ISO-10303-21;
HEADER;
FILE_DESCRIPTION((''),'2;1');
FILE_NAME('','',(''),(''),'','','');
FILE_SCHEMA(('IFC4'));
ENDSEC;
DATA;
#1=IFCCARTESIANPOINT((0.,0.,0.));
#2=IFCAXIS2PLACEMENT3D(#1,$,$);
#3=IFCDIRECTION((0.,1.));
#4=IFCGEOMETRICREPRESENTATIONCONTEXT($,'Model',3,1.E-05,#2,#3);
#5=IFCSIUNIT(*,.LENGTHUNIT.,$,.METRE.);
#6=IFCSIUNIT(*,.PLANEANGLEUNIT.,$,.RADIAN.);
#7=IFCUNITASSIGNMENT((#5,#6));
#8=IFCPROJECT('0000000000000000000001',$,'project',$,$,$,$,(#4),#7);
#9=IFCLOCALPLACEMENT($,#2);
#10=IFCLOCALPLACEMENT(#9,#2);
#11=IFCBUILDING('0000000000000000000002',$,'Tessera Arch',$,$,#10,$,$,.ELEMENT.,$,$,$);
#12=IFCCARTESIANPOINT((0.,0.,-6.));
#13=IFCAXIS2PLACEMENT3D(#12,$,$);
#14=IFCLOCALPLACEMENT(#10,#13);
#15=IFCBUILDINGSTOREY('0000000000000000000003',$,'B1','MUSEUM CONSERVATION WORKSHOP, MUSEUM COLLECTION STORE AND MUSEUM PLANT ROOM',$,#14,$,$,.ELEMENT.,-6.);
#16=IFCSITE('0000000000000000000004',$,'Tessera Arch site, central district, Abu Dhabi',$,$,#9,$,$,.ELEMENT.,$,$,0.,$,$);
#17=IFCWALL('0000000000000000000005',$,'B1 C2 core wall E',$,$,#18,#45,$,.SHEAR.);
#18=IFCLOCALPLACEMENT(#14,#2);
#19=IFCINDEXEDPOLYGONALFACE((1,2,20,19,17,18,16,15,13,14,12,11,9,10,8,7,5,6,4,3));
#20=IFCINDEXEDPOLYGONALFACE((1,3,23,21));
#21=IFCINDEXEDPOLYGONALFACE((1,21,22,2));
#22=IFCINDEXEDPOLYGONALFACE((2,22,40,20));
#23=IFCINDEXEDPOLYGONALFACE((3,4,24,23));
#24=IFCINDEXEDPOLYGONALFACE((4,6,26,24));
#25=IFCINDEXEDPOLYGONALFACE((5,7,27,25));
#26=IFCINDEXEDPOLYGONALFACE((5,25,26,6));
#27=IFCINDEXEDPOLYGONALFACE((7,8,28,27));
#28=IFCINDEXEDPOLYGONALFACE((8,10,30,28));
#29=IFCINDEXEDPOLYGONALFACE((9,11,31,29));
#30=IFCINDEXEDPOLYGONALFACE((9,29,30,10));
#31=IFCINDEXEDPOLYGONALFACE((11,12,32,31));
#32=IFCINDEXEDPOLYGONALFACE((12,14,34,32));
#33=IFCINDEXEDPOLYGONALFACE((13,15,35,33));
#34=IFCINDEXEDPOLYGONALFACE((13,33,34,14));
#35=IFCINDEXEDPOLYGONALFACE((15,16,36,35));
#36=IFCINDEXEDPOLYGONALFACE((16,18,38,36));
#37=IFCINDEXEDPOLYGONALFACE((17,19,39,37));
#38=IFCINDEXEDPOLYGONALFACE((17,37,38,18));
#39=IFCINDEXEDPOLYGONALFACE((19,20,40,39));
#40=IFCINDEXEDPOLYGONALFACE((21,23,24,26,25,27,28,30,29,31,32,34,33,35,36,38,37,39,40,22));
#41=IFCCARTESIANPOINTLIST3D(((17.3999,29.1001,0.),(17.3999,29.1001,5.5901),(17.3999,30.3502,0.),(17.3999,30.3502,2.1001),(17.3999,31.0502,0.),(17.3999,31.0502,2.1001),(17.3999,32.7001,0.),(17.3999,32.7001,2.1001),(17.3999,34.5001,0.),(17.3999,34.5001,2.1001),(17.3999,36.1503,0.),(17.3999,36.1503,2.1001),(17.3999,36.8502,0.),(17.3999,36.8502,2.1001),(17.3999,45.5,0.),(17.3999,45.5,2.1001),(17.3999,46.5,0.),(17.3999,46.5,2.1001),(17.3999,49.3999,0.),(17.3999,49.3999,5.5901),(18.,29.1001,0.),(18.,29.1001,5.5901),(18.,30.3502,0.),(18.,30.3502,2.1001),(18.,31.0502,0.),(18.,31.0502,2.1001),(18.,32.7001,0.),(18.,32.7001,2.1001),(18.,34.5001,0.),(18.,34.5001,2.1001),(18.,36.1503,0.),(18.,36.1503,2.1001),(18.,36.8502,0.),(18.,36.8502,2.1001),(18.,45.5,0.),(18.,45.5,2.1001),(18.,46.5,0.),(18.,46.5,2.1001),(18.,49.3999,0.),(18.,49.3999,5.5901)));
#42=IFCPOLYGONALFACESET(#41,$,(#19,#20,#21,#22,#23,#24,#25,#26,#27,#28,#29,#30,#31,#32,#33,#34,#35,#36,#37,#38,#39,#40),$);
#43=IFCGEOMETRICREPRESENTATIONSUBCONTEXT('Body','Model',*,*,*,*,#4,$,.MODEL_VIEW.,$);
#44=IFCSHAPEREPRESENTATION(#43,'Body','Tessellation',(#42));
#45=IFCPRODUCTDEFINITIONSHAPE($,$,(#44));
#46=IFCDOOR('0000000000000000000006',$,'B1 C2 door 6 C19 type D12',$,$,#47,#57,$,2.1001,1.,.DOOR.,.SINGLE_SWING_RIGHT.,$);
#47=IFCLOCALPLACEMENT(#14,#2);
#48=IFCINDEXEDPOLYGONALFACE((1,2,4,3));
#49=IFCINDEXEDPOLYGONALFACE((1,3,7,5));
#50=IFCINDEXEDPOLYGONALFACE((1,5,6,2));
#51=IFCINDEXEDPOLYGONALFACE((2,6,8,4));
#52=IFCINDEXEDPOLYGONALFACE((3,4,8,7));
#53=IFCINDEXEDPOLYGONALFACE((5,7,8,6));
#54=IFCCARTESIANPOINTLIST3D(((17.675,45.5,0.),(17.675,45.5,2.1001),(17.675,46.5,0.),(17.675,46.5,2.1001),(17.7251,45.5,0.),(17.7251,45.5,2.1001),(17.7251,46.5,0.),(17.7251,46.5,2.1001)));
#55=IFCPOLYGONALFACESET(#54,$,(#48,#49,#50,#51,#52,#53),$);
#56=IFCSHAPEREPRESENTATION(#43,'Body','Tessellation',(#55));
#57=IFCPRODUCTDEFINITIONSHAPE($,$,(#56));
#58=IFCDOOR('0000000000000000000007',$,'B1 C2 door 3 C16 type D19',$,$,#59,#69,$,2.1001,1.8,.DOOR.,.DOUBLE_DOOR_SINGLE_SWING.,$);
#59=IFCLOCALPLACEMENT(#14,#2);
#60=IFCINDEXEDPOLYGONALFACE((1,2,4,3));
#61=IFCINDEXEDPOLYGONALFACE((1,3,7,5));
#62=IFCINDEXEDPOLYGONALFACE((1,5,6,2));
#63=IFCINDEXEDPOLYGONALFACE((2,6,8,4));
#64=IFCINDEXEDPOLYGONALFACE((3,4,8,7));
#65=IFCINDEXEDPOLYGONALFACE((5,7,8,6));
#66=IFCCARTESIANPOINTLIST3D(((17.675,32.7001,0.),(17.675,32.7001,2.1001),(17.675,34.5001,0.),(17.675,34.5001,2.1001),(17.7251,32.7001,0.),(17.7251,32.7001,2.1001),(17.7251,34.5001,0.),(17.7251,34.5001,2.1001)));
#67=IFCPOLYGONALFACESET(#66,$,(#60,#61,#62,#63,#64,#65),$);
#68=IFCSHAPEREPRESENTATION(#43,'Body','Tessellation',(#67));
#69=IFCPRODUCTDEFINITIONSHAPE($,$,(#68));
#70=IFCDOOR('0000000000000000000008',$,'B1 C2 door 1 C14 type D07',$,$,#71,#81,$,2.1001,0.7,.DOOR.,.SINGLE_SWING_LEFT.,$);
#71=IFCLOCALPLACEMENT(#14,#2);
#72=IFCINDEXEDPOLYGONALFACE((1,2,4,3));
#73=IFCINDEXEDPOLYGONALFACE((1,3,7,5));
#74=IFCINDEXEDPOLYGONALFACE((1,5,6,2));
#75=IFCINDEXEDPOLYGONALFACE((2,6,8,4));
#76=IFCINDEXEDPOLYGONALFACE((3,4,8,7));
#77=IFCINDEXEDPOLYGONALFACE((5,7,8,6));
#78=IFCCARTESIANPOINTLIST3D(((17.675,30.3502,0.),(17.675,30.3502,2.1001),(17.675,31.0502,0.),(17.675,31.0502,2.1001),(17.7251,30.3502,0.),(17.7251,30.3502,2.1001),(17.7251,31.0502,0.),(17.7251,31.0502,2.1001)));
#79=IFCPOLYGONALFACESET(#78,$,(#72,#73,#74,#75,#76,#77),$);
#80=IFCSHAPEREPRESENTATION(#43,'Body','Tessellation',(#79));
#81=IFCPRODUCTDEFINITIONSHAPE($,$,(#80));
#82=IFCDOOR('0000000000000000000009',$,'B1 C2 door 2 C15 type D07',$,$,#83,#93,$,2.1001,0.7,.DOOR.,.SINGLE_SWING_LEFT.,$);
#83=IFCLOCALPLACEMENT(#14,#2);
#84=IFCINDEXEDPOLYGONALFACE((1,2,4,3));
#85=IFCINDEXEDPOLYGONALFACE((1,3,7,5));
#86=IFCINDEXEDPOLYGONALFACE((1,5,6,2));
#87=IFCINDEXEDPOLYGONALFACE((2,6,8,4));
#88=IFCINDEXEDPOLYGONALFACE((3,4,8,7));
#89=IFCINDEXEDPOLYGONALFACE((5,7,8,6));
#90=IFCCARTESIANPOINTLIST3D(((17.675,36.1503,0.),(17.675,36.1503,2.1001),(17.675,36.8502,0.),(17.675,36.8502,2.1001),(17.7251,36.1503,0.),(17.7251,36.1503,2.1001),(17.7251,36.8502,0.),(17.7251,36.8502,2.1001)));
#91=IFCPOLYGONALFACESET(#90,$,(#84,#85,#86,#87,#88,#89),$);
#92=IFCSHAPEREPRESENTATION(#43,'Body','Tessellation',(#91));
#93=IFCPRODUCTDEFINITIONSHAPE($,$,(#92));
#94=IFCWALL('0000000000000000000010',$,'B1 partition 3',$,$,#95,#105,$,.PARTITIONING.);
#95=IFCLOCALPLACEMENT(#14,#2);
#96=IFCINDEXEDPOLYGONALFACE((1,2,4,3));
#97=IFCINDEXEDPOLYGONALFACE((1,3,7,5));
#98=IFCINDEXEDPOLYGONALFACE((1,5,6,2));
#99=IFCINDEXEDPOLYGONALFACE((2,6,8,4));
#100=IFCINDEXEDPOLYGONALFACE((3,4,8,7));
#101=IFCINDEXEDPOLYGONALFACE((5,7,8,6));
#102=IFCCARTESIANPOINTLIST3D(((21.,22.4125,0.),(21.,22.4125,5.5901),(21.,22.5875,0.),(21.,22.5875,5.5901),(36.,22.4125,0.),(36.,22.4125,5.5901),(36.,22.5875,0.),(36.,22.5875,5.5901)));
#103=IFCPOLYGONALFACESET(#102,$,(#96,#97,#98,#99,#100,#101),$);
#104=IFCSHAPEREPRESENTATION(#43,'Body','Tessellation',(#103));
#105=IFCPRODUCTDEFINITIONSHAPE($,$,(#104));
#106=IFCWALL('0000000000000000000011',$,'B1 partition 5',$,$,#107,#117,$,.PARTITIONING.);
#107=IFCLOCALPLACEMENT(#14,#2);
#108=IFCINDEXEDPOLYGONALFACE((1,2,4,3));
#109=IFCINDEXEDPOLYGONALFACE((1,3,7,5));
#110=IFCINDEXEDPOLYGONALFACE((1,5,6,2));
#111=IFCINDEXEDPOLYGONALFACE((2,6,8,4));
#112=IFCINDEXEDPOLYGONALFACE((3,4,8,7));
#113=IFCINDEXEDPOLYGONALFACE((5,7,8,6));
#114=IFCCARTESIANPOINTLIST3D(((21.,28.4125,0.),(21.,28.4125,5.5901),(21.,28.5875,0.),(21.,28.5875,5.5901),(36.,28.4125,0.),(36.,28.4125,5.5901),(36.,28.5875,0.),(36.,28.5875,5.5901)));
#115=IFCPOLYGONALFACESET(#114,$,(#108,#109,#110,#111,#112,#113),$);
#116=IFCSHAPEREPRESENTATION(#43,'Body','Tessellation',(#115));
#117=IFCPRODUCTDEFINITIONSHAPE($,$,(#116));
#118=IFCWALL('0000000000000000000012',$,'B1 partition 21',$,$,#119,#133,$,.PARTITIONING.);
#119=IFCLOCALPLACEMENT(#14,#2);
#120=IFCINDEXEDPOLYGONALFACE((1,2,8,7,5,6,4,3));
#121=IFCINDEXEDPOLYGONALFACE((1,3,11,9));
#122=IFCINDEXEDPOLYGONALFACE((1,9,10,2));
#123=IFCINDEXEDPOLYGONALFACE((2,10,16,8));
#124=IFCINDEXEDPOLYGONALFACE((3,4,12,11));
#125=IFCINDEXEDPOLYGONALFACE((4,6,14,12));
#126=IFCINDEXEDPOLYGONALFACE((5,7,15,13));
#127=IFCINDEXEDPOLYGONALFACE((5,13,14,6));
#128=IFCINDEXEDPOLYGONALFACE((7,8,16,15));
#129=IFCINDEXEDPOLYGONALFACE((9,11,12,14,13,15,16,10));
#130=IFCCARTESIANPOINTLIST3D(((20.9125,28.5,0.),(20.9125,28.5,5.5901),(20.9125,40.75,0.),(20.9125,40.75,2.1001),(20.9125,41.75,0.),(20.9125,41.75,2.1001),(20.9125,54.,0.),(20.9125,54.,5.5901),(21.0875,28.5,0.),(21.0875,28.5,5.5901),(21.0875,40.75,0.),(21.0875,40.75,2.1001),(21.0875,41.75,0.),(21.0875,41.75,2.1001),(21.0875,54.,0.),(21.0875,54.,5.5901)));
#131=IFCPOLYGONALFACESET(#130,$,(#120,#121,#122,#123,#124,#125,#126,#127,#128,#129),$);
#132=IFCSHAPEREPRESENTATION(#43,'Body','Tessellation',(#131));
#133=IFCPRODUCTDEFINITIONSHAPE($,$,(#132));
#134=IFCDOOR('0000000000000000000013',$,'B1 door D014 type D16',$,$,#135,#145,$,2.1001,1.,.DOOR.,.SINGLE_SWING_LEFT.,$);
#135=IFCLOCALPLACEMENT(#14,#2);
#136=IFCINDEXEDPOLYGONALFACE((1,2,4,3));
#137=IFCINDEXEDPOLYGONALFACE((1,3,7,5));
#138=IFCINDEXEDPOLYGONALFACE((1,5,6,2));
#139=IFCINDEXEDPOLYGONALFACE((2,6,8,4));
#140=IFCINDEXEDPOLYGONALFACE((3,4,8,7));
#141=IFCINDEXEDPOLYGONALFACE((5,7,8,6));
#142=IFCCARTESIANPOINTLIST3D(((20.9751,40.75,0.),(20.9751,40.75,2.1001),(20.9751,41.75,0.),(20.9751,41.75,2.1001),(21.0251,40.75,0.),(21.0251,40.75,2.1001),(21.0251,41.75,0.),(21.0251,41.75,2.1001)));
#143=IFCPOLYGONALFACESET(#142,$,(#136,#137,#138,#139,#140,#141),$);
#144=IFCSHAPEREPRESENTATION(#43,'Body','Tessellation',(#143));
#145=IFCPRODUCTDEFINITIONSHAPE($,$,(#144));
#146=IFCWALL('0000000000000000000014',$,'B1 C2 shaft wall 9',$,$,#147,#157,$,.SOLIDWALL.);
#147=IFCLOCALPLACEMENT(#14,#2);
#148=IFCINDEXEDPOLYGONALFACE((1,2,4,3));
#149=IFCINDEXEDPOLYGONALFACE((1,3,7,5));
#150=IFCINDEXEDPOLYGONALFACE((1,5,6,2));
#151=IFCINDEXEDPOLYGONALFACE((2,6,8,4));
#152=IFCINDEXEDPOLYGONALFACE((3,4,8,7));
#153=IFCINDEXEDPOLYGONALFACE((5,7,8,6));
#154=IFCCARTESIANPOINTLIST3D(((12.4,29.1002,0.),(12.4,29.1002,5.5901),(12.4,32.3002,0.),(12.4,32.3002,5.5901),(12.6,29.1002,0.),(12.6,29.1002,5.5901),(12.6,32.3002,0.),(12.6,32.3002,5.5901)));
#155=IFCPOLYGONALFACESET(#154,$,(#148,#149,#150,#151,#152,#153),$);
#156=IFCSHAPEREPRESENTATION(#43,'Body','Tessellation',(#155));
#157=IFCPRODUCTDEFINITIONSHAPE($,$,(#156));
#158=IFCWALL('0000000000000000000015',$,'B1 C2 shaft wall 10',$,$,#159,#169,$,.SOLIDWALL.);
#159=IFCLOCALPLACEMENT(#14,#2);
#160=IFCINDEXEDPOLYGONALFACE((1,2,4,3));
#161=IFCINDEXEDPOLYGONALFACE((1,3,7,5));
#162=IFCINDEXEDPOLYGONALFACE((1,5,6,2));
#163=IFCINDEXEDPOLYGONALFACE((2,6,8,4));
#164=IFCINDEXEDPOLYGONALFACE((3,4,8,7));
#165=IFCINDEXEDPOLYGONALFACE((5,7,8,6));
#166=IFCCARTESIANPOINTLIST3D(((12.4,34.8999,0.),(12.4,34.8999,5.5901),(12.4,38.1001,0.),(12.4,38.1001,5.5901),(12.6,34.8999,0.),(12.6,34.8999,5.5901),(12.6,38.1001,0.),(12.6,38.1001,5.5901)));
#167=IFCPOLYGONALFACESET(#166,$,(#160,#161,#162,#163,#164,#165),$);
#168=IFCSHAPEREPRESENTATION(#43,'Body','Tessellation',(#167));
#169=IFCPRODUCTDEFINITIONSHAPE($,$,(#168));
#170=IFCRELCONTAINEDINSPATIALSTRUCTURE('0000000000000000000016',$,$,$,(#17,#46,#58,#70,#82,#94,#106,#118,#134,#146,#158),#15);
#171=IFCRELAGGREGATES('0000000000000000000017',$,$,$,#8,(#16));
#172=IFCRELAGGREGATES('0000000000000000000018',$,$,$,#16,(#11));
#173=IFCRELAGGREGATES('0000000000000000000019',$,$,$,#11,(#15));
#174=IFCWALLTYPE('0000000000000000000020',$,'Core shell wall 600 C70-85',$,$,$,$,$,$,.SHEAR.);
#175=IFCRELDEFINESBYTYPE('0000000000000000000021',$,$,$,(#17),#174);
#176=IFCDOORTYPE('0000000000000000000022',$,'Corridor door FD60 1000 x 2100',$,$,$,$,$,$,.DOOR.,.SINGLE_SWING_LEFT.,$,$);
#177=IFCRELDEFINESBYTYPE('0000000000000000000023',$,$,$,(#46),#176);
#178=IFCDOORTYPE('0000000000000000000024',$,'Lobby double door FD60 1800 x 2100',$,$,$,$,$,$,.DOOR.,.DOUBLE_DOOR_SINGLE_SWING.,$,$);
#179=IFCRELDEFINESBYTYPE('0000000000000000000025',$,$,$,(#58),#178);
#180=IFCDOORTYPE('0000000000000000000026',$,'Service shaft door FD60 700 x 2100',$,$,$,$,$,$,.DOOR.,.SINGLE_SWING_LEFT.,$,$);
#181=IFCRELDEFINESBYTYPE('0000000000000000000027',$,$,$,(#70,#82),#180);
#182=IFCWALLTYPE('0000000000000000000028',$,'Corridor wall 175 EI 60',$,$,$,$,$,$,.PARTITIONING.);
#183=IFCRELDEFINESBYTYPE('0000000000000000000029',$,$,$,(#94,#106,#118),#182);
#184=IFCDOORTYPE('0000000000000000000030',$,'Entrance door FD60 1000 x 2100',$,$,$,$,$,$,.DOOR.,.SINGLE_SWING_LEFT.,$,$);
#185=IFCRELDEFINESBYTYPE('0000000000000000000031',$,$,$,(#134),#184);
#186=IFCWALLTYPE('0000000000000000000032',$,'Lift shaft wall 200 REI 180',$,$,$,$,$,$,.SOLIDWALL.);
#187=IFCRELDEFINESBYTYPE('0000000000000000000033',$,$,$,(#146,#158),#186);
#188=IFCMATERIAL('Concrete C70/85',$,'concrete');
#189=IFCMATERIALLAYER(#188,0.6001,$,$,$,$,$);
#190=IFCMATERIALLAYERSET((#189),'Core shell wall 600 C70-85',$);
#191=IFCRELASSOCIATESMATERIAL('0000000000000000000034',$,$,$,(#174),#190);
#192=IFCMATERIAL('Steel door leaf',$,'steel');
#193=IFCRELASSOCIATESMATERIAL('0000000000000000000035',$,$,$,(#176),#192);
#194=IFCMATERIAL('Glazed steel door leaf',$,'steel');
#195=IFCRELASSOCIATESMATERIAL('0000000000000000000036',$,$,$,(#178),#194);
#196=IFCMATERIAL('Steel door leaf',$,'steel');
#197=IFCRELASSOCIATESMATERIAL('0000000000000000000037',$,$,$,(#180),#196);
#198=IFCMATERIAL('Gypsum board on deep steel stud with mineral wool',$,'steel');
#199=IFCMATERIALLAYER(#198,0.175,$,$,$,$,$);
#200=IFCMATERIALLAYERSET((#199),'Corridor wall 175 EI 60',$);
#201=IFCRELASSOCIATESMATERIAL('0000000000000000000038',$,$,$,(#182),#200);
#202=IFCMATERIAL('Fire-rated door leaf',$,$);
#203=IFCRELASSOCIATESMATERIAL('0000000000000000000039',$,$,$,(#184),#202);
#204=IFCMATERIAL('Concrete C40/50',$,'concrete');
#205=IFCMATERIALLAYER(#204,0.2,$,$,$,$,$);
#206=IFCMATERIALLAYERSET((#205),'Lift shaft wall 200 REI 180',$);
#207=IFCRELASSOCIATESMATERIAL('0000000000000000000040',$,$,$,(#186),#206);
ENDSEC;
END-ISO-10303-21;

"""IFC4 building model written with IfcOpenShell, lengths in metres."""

from ifc_helpers import new_model, si_unit, direction, frame, frame_2d, origin, place, context, subcontext, project, spatial, rectangle, extrude, material, layer, layer_set, type_object, element, fill, save


model = new_model("IFC4")

# Units and contexts
model_context = context("Model", 3, precision=1e-05, world=origin(), true_north=direction((0.0, 1.0)))
body_context = subcontext(model_context, "Body", "Model", "MODEL_VIEW")
ifc_project = project(units=[si_unit("LENGTHUNIT", "METRE"), si_unit("PLANEANGLEUNIT", "RADIAN")], contexts=[model_context])

# Site, building, storey
site_placement = place(None, origin())
site = spatial("IfcSite", under=ifc_project, at=site_placement, Name="Tessera Arch site, central district, Abu Dhabi", CompositionType="ELEMENT", RefElevation=0.0)
building_placement = place(site_placement, origin())
building = spatial("IfcBuilding", under=site, at=building_placement, Name="Tessera Arch", CompositionType="ELEMENT")
storey_placement = place(building_placement, frame((0.0, 0.0, -6.0)))
storey = spatial("IfcBuildingStorey", under=building, at=storey_placement, Name="B1", Description="MUSEUM CONSERVATION WORKSHOP, MUSEUM COLLECTION STORE AND MUSEUM PLANT ROOM", CompositionType="ELEMENT", Elevation=-6.0)

# Wall, openings, doors
ifc_material_1 = material(Name="Concrete C70/85", Category="concrete")
ifc_layer_1 = layer(ifc_material_1, 0.6001)
ifc_layer_set_1 = layer_set([ifc_layer_1], Name="Core shell wall 600 C70-85")
wall_type_1 = type_object("IfcWallType", Name="Core shell wall 600 C70-85", PredefinedType="SHEAR", material=ifc_layer_set_1)
wall_1_placement = place(storey_placement, frame((17.7, 29.1001, 0.0), z_axis=(0.0, 0.0, 1.0), x_axis=(0.0, 1.0, 0.0)))
wall_1 = element("IfcWall", 1, at=wall_1_placement, inside=storey, type_object=wall_type_1, Name="B1 C2 core wall E", PredefinedType="SHEAR", context=body_context, shape_type="SweptSolid", body=[
    extrude(rectangle(XDim=20.2998, YDim=0.6001, at=frame_2d((10.1499, 0.0))), origin(), (0.0, 0.0, 1.0), 5.5901),
])
opening_1_placement = place(wall_1_placement, frame((1.25, 0.0, 0.0)))
opening_1 = element("IfcOpeningElement", 2, at=opening_1_placement, cuts=wall_1, PredefinedType="OPENING", context=body_context, shape_type="SweptSolid", body=[
    extrude(rectangle(XDim=0.7, YDim=2.1001, at=frame_2d((0.3501, 1.05))), frame((0.0, 0.3101, 0.0), z_axis=(0.0, -1.0, 0.0), x_axis=(1.0, 0.0, 0.0)), (0.0, 0.0, 1.0), 0.6201),
])
opening_2_placement = place(wall_1_placement, frame((7.05, 0.0, 0.0)))
opening_2 = element("IfcOpeningElement", 3, at=opening_2_placement, cuts=wall_1, PredefinedType="OPENING", context=body_context, shape_type="SweptSolid", body=[
    extrude(rectangle(XDim=0.7, YDim=2.1001, at=frame_2d((0.3501, 1.05))), frame((0.0, 0.3101, 0.0), z_axis=(0.0, -1.0, 0.0), x_axis=(1.0, 0.0, 0.0)), (0.0, 0.0, 1.0), 0.6201),
])
opening_3_placement = place(wall_1_placement, frame((3.6001, 0.0, 0.0)))
opening_3 = element("IfcOpeningElement", 4, at=opening_3_placement, cuts=wall_1, PredefinedType="OPENING", context=body_context, shape_type="SweptSolid", body=[
    extrude(rectangle(XDim=1.8, YDim=2.1001, at=frame_2d((0.8999, 1.05))), frame((0.0, 0.3101, 0.0), z_axis=(0.0, -1.0, 0.0), x_axis=(1.0, 0.0, 0.0)), (0.0, 0.0, 1.0), 0.6201),
])
opening_4_placement = place(wall_1_placement, frame((16.3999, 0.0, 0.0)))
opening_4 = element("IfcOpeningElement", 5, at=opening_4_placement, cuts=wall_1, PredefinedType="OPENING", context=body_context, shape_type="SweptSolid", body=[
    extrude(rectangle(XDim=1.0, YDim=2.1001, at=frame_2d((0.5, 1.05))), frame((0.0, 0.3101, 0.0), z_axis=(0.0, -1.0, 0.0), x_axis=(1.0, 0.0, 0.0)), (0.0, 0.0, 1.0), 0.6201),
])
ifc_material_2 = material(Name="Steel door leaf", Category="steel")
door_type_1 = type_object("IfcDoorType", Name="Corridor door FD60 1000 x 2100", OperationType="SINGLE_SWING_LEFT", PredefinedType="DOOR", material=ifc_material_2)
door_1_placement = place(opening_4_placement, origin())
door_1 = element("IfcDoor", 6, at=door_1_placement, inside=storey, type_object=door_type_1, Name="B1 C2 door 6 C19 type D12", OperationType="SINGLE_SWING_RIGHT", OverallHeight=2.1001, OverallWidth=1.0, PredefinedType="DOOR", context=body_context, shape_type="SweptSolid", body=[
    extrude(rectangle(XDim=1.0, YDim=2.1001, at=frame_2d((0.5, 1.05))), frame((0.0, 0.0249, 0.0), z_axis=(0.0, -1.0, 0.0), x_axis=(1.0, 0.0, 0.0)), (0.0, 0.0, 1.0), 0.05),
])
fill(opening_4, door_1)
ifc_material_3 = material(Name="Glazed steel door leaf", Category="steel")
door_type_2 = type_object("IfcDoorType", Name="Lobby double door FD60 1800 x 2100", OperationType="DOUBLE_DOOR_SINGLE_SWING", PredefinedType="DOOR", material=ifc_material_3)
door_2_placement = place(opening_3_placement, origin())
door_2 = element("IfcDoor", 7, at=door_2_placement, inside=storey, type_object=door_type_2, Name="B1 C2 door 3 C16 type D19", OperationType="DOUBLE_DOOR_SINGLE_SWING", OverallHeight=2.1001, OverallWidth=1.8, PredefinedType="DOOR", context=body_context, shape_type="SweptSolid", body=[
    extrude(rectangle(XDim=1.8, YDim=2.1001, at=frame_2d((0.8999, 1.05))), frame((0.0, 0.0249, 0.0), z_axis=(0.0, -1.0, 0.0), x_axis=(1.0, 0.0, 0.0)), (0.0, 0.0, 1.0), 0.05),
])
fill(opening_3, door_2)
ifc_material_4 = material(Name="Steel door leaf", Category="steel")
door_type_3 = type_object("IfcDoorType", Name="Service shaft door FD60 700 x 2100", OperationType="SINGLE_SWING_LEFT", PredefinedType="DOOR", material=ifc_material_4)
door_3_placement = place(opening_1_placement, origin())
door_3 = element("IfcDoor", 8, at=door_3_placement, inside=storey, type_object=door_type_3, Name="B1 C2 door 1 C14 type D07", OperationType="SINGLE_SWING_LEFT", OverallHeight=2.1001, OverallWidth=0.7, PredefinedType="DOOR", context=body_context, shape_type="SweptSolid", body=[
    extrude(rectangle(XDim=0.7, YDim=2.1001, at=frame_2d((0.3501, 1.05))), frame((0.0, 0.0249, 0.0), z_axis=(0.0, -1.0, 0.0), x_axis=(1.0, 0.0, 0.0)), (0.0, 0.0, 1.0), 0.05),
])
fill(opening_1, door_3)
door_4_placement = place(opening_2_placement, origin())
door_4 = element("IfcDoor", 9, at=door_4_placement, inside=storey, type_object=door_type_3, Name="B1 C2 door 2 C15 type D07", OperationType="SINGLE_SWING_LEFT", OverallHeight=2.1001, OverallWidth=0.7, PredefinedType="DOOR", context=body_context, shape_type="SweptSolid", body=[
    extrude(rectangle(XDim=0.7, YDim=2.1001, at=frame_2d((0.3501, 1.05))), frame((0.0, 0.0249, 0.0), z_axis=(0.0, -1.0, 0.0), x_axis=(1.0, 0.0, 0.0)), (0.0, 0.0, 1.0), 0.05),
])
fill(opening_2, door_4)

# Walls
ifc_material_5 = material(Name="Gypsum board on deep steel stud with mineral wool", Category="steel")
ifc_layer_2 = layer(ifc_material_5, 0.175)
ifc_layer_set_2 = layer_set([ifc_layer_2], Name="Corridor wall 175 EI 60")
wall_type_2 = type_object("IfcWallType", Name="Corridor wall 175 EI 60", PredefinedType="PARTITIONING", material=ifc_layer_set_2)
for number, where, z_axis, x_axis, name in (
    (10, (21.0, 22.5, 0.0), (0.0, 0.0, 1.0), (1.0, 0.0, 0.0), "B1 partition 3"),
    (11, (21.0, 28.5, 0.0), (0.0, 0.0, 1.0), (1.0, 0.0, 0.0), "B1 partition 5"),
):
    element("IfcWall", number, at=place(storey_placement, frame(where, z_axis=z_axis, x_axis=x_axis)), inside=storey, type_object=wall_type_2, Name=name, PredefinedType="PARTITIONING", context=body_context, shape_type="SweptSolid", body=[
        extrude(rectangle(XDim=15.0, YDim=0.175, at=frame_2d((7.5, 0.0))), origin(), (0.0, 0.0, 1.0), 5.5901),
    ])

# Wall, opening, door
wall_2_placement = place(storey_placement, frame((21.0, 28.5, 0.0), z_axis=(0.0, 0.0, 1.0), x_axis=(0.0, 1.0, 0.0)))
wall_2 = element("IfcWall", 12, at=wall_2_placement, inside=storey, type_object=wall_type_2, Name="B1 partition 21", PredefinedType="PARTITIONING", context=body_context, shape_type="SweptSolid", body=[
    extrude(rectangle(XDim=25.5, YDim=0.175, at=frame_2d((12.75, 0.0))), origin(), (0.0, 0.0, 1.0), 5.5901),
])
opening_5_placement = place(wall_2_placement, frame((12.25, 0.0, 0.0)))
opening_5 = element("IfcOpeningElement", 13, at=opening_5_placement, cuts=wall_2, PredefinedType="OPENING", context=body_context, shape_type="SweptSolid", body=[
    extrude(rectangle(XDim=1.0, YDim=2.1001, at=frame_2d((0.5, 1.05))), frame((0.0, 0.0974, 0.0), z_axis=(0.0, -1.0, 0.0), x_axis=(1.0, 0.0, 0.0)), (0.0, 0.0, 1.0), 0.1951),
])
ifc_material_6 = material(Name="Fire-rated door leaf")
door_type_4 = type_object("IfcDoorType", Name="Entrance door FD60 1000 x 2100", OperationType="SINGLE_SWING_LEFT", PredefinedType="DOOR", material=ifc_material_6)
door_5_placement = place(opening_5_placement, origin())
door_5 = element("IfcDoor", 14, at=door_5_placement, inside=storey, type_object=door_type_4, Name="B1 door D014 type D16", OperationType="SINGLE_SWING_LEFT", OverallHeight=2.1001, OverallWidth=1.0, PredefinedType="DOOR", context=body_context, shape_type="SweptSolid", body=[
    extrude(rectangle(XDim=1.0, YDim=2.1001, at=frame_2d((0.5, 1.05))), frame((0.0, 0.0249, 0.0), z_axis=(0.0, -1.0, 0.0), x_axis=(1.0, 0.0, 0.0)), (0.0, 0.0, 1.0), 0.05),
])
fill(opening_5, door_5)

# Walls
ifc_material_7 = material(Name="Concrete C40/50", Category="concrete")
ifc_layer_3 = layer(ifc_material_7, 0.2)
ifc_layer_set_3 = layer_set([ifc_layer_3], Name="Lift shaft wall 200 REI 180")
wall_type_3 = type_object("IfcWallType", Name="Lift shaft wall 200 REI 180", PredefinedType="SOLIDWALL", material=ifc_layer_set_3)
wall_3_placement = place(storey_placement, frame((12.5, 29.1001, 0.0), z_axis=(0.0, 0.0, 1.0), x_axis=(0.0, 1.0, 0.0)))
element("IfcWall", 15, at=wall_3_placement, inside=storey, type_object=wall_type_3, Name="B1 C2 shaft wall 9", PredefinedType="SOLIDWALL", context=body_context, shape_type="SweptSolid", body=[
    extrude(rectangle(XDim=3.2, YDim=0.2, at=frame_2d((1.6001, 0.0))), origin(), (0.0, 0.0, 1.0), 5.5901),
])
wall_4_placement = place(storey_placement, frame((12.5, 34.8999, 0.0), z_axis=(0.0, 0.0, 1.0), x_axis=(0.0, 1.0, 0.0)))
element("IfcWall", 16, at=wall_4_placement, inside=storey, type_object=wall_type_3, Name="B1 C2 shaft wall 10", PredefinedType="SOLIDWALL", context=body_context, shape_type="SweptSolid", body=[
    extrude(rectangle(XDim=3.2002, YDim=0.2, at=frame_2d((1.6001, 0.0))), origin(), (0.0, 0.0, 1.0), 5.5901),
])

save(model, "model.ifc")
